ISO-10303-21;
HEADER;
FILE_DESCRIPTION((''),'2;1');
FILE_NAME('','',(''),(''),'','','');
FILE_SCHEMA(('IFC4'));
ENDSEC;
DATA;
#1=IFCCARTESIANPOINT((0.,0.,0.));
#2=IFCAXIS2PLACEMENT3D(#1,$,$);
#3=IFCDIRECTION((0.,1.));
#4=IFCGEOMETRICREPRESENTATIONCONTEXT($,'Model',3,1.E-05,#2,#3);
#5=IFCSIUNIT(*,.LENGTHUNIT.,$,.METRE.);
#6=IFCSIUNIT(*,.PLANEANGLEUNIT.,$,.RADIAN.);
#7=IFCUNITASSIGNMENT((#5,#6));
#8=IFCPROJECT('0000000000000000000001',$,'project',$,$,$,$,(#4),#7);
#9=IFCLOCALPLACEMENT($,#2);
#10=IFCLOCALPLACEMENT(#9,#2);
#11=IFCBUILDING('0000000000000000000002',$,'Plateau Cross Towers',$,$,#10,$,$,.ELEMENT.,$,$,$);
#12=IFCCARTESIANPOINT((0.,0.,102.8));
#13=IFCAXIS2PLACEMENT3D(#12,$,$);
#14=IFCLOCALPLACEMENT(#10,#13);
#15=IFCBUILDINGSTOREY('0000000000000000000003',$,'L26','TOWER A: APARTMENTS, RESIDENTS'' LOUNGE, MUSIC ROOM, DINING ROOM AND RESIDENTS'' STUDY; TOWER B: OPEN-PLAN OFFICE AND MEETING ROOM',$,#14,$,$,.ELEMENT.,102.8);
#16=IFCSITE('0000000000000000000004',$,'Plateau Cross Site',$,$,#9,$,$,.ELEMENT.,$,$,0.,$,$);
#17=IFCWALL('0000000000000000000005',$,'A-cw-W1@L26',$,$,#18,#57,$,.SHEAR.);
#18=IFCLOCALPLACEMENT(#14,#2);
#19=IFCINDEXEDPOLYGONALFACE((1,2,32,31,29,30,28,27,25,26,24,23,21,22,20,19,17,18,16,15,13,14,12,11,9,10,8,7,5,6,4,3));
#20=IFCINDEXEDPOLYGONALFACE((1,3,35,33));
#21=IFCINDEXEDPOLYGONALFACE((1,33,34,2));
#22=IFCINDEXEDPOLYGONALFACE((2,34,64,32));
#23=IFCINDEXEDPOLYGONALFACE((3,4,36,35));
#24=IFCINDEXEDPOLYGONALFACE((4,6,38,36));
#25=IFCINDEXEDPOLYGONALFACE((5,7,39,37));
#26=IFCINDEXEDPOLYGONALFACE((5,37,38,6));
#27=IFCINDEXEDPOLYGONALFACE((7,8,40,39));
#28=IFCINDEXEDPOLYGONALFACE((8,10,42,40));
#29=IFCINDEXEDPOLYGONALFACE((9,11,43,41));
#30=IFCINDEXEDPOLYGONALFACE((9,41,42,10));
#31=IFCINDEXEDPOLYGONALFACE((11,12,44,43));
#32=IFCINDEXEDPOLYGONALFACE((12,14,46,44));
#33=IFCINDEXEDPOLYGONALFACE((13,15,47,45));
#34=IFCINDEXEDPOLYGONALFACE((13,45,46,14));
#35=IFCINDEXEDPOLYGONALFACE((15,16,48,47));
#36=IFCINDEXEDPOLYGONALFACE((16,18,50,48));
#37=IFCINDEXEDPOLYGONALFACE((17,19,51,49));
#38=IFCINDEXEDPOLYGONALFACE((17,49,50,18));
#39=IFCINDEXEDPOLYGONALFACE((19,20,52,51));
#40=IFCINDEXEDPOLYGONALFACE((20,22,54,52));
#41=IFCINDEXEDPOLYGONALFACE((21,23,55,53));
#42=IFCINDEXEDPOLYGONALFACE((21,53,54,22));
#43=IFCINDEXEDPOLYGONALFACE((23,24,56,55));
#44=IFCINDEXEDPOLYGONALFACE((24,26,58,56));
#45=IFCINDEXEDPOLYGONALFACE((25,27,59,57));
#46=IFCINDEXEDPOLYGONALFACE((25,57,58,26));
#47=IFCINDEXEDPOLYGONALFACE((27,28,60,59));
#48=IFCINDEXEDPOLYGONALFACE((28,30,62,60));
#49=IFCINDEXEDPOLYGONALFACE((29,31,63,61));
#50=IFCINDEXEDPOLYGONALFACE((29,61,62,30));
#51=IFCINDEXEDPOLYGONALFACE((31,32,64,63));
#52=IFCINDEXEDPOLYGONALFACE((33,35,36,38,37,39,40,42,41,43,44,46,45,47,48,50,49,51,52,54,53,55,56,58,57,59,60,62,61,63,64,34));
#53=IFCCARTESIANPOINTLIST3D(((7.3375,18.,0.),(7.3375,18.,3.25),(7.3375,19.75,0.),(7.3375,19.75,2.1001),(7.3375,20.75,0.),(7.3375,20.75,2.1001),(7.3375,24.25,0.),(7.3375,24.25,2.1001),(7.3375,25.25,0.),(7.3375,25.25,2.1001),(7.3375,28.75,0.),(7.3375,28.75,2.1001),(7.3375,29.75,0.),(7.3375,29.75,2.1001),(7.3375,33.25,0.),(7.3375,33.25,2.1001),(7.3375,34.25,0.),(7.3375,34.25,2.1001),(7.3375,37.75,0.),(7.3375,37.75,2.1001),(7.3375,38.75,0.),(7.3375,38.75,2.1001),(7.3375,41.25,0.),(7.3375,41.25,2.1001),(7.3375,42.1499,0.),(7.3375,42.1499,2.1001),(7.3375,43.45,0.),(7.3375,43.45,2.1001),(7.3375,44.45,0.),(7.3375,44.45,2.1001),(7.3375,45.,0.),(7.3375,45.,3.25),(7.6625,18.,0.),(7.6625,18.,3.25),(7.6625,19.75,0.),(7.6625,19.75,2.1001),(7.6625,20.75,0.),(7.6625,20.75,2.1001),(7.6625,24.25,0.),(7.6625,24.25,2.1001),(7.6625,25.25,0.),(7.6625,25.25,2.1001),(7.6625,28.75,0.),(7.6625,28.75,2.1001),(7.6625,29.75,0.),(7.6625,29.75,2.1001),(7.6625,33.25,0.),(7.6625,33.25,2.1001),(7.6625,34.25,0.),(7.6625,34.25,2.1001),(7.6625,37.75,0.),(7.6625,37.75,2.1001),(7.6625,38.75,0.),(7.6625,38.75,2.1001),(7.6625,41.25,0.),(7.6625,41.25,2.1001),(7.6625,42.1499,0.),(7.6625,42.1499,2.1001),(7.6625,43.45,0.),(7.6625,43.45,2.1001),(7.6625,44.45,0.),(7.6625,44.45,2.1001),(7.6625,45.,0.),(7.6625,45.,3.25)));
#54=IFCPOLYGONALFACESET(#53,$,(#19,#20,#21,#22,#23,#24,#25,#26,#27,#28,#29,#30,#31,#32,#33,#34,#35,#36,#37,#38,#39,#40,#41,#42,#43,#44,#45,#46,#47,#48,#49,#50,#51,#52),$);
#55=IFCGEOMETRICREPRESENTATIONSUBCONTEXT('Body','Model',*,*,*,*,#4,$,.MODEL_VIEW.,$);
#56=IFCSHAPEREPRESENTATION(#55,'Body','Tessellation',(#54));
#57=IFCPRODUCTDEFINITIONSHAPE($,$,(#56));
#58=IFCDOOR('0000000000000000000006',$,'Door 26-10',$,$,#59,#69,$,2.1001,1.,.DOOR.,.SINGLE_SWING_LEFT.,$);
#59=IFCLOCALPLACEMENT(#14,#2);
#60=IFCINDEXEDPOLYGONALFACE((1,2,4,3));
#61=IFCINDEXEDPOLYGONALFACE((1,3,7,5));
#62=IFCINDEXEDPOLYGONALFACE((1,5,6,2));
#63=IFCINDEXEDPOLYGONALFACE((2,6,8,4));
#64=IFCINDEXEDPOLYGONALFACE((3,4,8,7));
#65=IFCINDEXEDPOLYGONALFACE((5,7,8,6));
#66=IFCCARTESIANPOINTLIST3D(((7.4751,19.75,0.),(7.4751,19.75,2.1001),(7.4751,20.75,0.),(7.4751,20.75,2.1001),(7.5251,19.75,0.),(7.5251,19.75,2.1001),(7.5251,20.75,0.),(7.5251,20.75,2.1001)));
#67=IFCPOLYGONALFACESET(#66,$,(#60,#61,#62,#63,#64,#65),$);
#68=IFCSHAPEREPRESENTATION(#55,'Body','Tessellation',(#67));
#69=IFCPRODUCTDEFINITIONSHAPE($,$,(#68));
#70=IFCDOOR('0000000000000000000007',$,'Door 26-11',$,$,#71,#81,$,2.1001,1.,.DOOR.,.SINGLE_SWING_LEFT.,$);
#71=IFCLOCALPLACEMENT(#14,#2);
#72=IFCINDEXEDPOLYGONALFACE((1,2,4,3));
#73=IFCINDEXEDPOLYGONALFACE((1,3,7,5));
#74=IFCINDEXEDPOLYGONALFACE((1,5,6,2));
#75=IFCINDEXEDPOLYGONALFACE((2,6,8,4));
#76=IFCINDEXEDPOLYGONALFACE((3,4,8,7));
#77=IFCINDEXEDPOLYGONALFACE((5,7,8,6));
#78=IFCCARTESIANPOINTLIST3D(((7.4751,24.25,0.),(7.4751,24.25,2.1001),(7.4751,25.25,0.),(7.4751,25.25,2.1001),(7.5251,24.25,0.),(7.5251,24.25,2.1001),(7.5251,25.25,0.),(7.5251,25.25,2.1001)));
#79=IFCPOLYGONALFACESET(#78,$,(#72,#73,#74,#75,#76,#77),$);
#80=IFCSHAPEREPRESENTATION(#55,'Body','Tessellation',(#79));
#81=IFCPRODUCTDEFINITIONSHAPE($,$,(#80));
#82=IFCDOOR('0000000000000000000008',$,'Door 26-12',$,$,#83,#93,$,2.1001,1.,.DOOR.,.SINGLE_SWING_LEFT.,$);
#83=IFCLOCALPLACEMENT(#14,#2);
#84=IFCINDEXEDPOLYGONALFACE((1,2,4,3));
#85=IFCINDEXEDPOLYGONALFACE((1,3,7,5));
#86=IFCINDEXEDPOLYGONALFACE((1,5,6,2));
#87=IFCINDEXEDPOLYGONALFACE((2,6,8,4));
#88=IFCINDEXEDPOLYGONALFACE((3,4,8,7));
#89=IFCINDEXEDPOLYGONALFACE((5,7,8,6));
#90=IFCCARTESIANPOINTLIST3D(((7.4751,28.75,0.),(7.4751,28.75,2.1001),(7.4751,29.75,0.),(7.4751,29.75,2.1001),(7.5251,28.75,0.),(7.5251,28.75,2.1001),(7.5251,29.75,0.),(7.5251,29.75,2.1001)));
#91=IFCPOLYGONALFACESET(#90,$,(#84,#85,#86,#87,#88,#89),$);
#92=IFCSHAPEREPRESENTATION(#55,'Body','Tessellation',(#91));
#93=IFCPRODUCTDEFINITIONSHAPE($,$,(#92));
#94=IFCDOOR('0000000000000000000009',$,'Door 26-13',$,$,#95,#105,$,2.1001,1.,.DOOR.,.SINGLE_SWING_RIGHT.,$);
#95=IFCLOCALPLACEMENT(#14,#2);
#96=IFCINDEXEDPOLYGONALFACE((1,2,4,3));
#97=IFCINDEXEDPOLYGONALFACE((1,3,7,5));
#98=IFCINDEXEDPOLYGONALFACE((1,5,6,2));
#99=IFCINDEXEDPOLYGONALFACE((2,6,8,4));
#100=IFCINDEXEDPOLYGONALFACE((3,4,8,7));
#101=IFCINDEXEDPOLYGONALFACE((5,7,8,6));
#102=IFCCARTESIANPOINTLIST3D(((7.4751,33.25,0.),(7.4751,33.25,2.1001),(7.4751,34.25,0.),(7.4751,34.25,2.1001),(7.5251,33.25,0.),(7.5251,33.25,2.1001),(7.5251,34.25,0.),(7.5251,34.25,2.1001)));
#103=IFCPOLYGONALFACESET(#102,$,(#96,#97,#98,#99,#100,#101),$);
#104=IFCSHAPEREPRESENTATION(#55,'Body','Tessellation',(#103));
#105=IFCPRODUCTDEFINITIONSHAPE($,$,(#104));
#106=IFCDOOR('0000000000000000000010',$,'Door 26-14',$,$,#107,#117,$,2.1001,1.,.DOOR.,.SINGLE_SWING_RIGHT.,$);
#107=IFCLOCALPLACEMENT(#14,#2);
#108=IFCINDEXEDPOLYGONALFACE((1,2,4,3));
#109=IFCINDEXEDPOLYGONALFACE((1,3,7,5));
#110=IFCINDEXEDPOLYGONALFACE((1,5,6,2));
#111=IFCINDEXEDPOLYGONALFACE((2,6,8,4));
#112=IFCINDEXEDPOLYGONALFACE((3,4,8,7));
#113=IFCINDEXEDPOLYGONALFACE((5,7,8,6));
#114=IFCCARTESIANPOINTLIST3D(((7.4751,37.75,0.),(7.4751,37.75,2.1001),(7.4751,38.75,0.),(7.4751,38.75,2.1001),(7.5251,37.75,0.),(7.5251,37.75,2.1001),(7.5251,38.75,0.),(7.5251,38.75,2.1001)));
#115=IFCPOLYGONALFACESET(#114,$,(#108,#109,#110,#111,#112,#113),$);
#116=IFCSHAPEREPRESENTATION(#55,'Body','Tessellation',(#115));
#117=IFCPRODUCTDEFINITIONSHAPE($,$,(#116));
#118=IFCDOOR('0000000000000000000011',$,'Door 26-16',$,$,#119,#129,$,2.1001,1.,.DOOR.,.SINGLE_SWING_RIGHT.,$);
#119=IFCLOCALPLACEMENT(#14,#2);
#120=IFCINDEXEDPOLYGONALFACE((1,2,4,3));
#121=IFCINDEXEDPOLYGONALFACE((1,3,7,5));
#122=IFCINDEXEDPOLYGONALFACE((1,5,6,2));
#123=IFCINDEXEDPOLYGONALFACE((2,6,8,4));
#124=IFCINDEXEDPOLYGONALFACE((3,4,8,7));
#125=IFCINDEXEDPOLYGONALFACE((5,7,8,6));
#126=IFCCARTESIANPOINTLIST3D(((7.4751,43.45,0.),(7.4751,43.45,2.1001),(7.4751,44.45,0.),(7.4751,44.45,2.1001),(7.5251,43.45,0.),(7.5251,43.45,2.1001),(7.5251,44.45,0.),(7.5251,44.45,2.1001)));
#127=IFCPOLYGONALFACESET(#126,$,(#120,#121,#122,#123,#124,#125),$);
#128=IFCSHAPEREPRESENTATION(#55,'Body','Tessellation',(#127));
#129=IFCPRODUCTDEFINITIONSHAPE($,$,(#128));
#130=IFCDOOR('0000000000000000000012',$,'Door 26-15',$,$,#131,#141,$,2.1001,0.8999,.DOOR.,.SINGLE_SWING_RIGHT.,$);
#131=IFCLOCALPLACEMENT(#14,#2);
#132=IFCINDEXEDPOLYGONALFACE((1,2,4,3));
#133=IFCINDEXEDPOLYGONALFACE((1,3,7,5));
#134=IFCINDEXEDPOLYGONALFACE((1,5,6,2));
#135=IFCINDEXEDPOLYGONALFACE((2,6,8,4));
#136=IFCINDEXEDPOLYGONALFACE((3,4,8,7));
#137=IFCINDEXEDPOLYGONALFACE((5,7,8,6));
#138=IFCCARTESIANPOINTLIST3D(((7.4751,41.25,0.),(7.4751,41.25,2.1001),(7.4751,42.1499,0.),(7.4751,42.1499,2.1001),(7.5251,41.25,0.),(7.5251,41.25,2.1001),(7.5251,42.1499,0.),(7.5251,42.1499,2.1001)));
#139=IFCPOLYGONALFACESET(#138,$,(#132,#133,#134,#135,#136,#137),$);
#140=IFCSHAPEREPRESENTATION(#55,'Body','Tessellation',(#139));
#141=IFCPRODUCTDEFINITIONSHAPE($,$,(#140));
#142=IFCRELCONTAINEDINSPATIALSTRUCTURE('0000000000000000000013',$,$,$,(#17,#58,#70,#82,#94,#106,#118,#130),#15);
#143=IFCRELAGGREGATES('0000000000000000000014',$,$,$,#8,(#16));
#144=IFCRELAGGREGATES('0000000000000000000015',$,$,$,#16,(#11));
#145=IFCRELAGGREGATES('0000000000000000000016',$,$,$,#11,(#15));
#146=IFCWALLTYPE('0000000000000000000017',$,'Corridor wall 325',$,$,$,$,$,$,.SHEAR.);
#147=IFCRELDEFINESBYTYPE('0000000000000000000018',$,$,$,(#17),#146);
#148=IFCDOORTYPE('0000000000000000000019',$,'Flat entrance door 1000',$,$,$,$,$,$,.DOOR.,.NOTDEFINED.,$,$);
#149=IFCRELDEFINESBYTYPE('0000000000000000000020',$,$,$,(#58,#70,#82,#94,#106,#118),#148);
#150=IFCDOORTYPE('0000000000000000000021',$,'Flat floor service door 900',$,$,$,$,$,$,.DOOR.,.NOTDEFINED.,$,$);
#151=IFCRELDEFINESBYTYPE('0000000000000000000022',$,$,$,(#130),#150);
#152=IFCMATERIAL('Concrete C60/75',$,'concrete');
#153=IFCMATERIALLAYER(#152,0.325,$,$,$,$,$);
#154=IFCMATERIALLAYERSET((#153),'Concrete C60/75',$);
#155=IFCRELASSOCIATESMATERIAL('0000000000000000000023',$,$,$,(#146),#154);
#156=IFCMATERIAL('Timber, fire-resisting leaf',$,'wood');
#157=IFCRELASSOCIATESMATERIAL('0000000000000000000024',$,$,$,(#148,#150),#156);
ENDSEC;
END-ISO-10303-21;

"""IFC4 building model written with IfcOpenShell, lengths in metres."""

from ifc_helpers import new_model, si_unit, direction, frame, frame_2d, origin, place, context, subcontext, project, spatial, rectangle, extrude, material, layer, layer_set, type_object, element, fill, save


model = new_model("IFC4")

# Units and contexts
model_context = context("Model", 3, precision=1e-05, world=origin(), true_north=direction((0.0, 1.0)))
body_context = subcontext(model_context, "Body", "Model", "MODEL_VIEW")
ifc_project = project(units=[si_unit("LENGTHUNIT", "METRE"), si_unit("PLANEANGLEUNIT", "RADIAN")], contexts=[model_context])

# Site, building, storey
site_placement = place(None, origin())
site = spatial("IfcSite", under=ifc_project, at=site_placement, Name="Plateau Cross Site", CompositionType="ELEMENT", RefElevation=0.0)
building_placement = place(site_placement, origin())
building = spatial("IfcBuilding", under=site, at=building_placement, Name="Plateau Cross Towers", CompositionType="ELEMENT")
storey_placement = place(building_placement, frame((0.0, 0.0, 102.8)))
storey = spatial("IfcBuildingStorey", under=building, at=storey_placement, Name="L26", Description="TOWER A: APARTMENTS, RESIDENTS' LOUNGE, MUSIC ROOM, DINING ROOM AND RESIDENTS' STUDY; TOWER B: OPEN-PLAN OFFICE AND MEETING ROOM", CompositionType="ELEMENT", Elevation=102.8)

# Wall, openings, doors
ifc_material_1 = material(Name="Concrete C60/75", Category="concrete")
ifc_layer_1 = layer(ifc_material_1, 0.325)
ifc_layer_set_1 = layer_set([ifc_layer_1], Name="Concrete C60/75")
wall_type_1 = type_object("IfcWallType", Name="Corridor wall 325", PredefinedType="SHEAR", material=ifc_layer_set_1)
wall_1_placement = place(storey_placement, frame((7.5, 18.0, 0.0), z_axis=(0.0, 0.0, 1.0), x_axis=(0.0, 1.0, 0.0)))
wall_1 = element("IfcWall", 1, at=wall_1_placement, inside=storey, type_object=wall_type_1, Name="A-cw-W1@L26", PredefinedType="SHEAR", context=body_context, shape_type="SweptSolid", body=[
    extrude(rectangle(XDim=27.0, YDim=0.325, at=frame_2d((13.5, 0.0))), origin(), (0.0, 0.0, 1.0), 3.25),
])
opening_1_placement = place(wall_1_placement, frame((1.75, 0.0, 0.0)))
opening_1 = element("IfcOpeningElement", 2, at=opening_1_placement, cuts=wall_1, PredefinedType="OPENING", context=body_context, shape_type="SweptSolid", body=[
    extrude(rectangle(XDim=1.0, YDim=2.1001, at=frame_2d((0.5, 1.05))), frame((0.0, 0.1724, 0.0), z_axis=(0.0, -1.0, 0.0), x_axis=(1.0, 0.0, 0.0)), (0.0, 0.0, 1.0), 0.345),
])
opening_2_placement = place(wall_1_placement, frame((6.25, 0.0, 0.0)))
opening_2 = element("IfcOpeningElement", 3, at=opening_2_placement, cuts=wall_1, PredefinedType="OPENING", context=body_context, shape_type="SweptSolid", body=[
    extrude(rectangle(XDim=1.0, YDim=2.1001, at=frame_2d((0.5, 1.05))), frame((0.0, 0.1724, 0.0), z_axis=(0.0, -1.0, 0.0), x_axis=(1.0, 0.0, 0.0)), (0.0, 0.0, 1.0), 0.345),
])
opening_3_placement = place(wall_1_placement, frame((10.75, 0.0, 0.0)))
opening_3 = element("IfcOpeningElement", 4, at=opening_3_placement, cuts=wall_1, PredefinedType="OPENING", context=body_context, shape_type="SweptSolid", body=[
    extrude(rectangle(XDim=1.0, YDim=2.1001, at=frame_2d((0.5, 1.05))), frame((0.0, 0.1724, 0.0), z_axis=(0.0, -1.0, 0.0), x_axis=(1.0, 0.0, 0.0)), (0.0, 0.0, 1.0), 0.345),
])
opening_4_placement = place(wall_1_placement, frame((15.25, 0.0, 0.0)))
opening_4 = element("IfcOpeningElement", 5, at=opening_4_placement, cuts=wall_1, PredefinedType="OPENING", context=body_context, shape_type="SweptSolid", body=[
    extrude(rectangle(XDim=1.0, YDim=2.1001, at=frame_2d((0.5, 1.05))), frame((0.0, 0.1724, 0.0), z_axis=(0.0, -1.0, 0.0), x_axis=(1.0, 0.0, 0.0)), (0.0, 0.0, 1.0), 0.345),
])
opening_5_placement = place(wall_1_placement, frame((19.75, 0.0, 0.0)))
opening_5 = element("IfcOpeningElement", 6, at=opening_5_placement, cuts=wall_1, PredefinedType="OPENING", context=body_context, shape_type="SweptSolid", body=[
    extrude(rectangle(XDim=1.0, YDim=2.1001, at=frame_2d((0.5, 1.05))), frame((0.0, 0.1724, 0.0), z_axis=(0.0, -1.0, 0.0), x_axis=(1.0, 0.0, 0.0)), (0.0, 0.0, 1.0), 0.345),
])
opening_6_placement = place(wall_1_placement, frame((23.25, 0.0, 0.0)))
opening_6 = element("IfcOpeningElement", 7, at=opening_6_placement, cuts=wall_1, PredefinedType="OPENING", context=body_context, shape_type="SweptSolid", body=[
    extrude(rectangle(XDim=0.8999, YDim=2.1001, at=frame_2d((0.45, 1.05))), frame((0.0, 0.1724, 0.0), z_axis=(0.0, -1.0, 0.0), x_axis=(1.0, 0.0, 0.0)), (0.0, 0.0, 1.0), 0.345),
])
opening_7_placement = place(wall_1_placement, frame((25.45, 0.0, 0.0)))
opening_7 = element("IfcOpeningElement", 8, at=opening_7_placement, cuts=wall_1, PredefinedType="OPENING", context=body_context, shape_type="SweptSolid", body=[
    extrude(rectangle(XDim=1.0, YDim=2.1001, at=frame_2d((0.5, 1.05))), frame((0.0, 0.1724, 0.0), z_axis=(0.0, -1.0, 0.0), x_axis=(1.0, 0.0, 0.0)), (0.0, 0.0, 1.0), 0.345),
])
ifc_material_2 = material(Name="Timber, fire-resisting leaf", Category="wood")
door_type_1 = type_object("IfcDoorType", Name="Flat entrance door 1000", OperationType="NOTDEFINED", PredefinedType="DOOR", material=ifc_material_2)
door_1_placement = place(opening_1_placement, origin())
door_1 = element("IfcDoor", 9, at=door_1_placement, inside=storey, type_object=door_type_1, Name="Door 26-10", OperationType="SINGLE_SWING_LEFT", OverallHeight=2.1001, OverallWidth=1.0, PredefinedType="DOOR", context=body_context, shape_type="SweptSolid", body=[
    extrude(rectangle(XDim=1.0, YDim=2.1001, at=frame_2d((0.5, 1.05))), frame((0.0, 0.0249, 0.0), z_axis=(0.0, -1.0, 0.0), x_axis=(1.0, 0.0, 0.0)), (0.0, 0.0, 1.0), 0.05),
])
fill(opening_1, door_1)
door_2_placement = place(opening_2_placement, origin())
door_2 = element("IfcDoor", 10, at=door_2_placement, inside=storey, type_object=door_type_1, Name="Door 26-11", OperationType="SINGLE_SWING_LEFT", OverallHeight=2.1001, OverallWidth=1.0, PredefinedType="DOOR", context=body_context, shape_type="SweptSolid", body=[
    extrude(rectangle(XDim=1.0, YDim=2.1001, at=frame_2d((0.5, 1.05))), frame((0.0, 0.0249, 0.0), z_axis=(0.0, -1.0, 0.0), x_axis=(1.0, 0.0, 0.0)), (0.0, 0.0, 1.0), 0.05),
])
fill(opening_2, door_2)
door_3_placement = place(opening_3_placement, origin())
door_3 = element("IfcDoor", 11, at=door_3_placement, inside=storey, type_object=door_type_1, Name="Door 26-12", OperationType="SINGLE_SWING_LEFT", OverallHeight=2.1001, OverallWidth=1.0, PredefinedType="DOOR", context=body_context, shape_type="SweptSolid", body=[
    extrude(rectangle(XDim=1.0, YDim=2.1001, at=frame_2d((0.5, 1.05))), frame((0.0, 0.0249, 0.0), z_axis=(0.0, -1.0, 0.0), x_axis=(1.0, 0.0, 0.0)), (0.0, 0.0, 1.0), 0.05),
])
fill(opening_3, door_3)
door_4_placement = place(opening_4_placement, origin())
door_4 = element("IfcDoor", 12, at=door_4_placement, inside=storey, type_object=door_type_1, Name="Door 26-13", OperationType="SINGLE_SWING_RIGHT", OverallHeight=2.1001, OverallWidth=1.0, PredefinedType="DOOR", context=body_context, shape_type="SweptSolid", body=[
    extrude(rectangle(XDim=1.0, YDim=2.1001, at=frame_2d((0.5, 1.05))), frame((0.0, 0.0249, 0.0), z_axis=(0.0, -1.0, 0.0), x_axis=(1.0, 0.0, 0.0)), (0.0, 0.0, 1.0), 0.05),
])
fill(opening_4, door_4)
door_5_placement = place(opening_5_placement, origin())
door_5 = element("IfcDoor", 13, at=door_5_placement, inside=storey, type_object=door_type_1, Name="Door 26-14", OperationType="SINGLE_SWING_RIGHT", OverallHeight=2.1001, OverallWidth=1.0, PredefinedType="DOOR", context=body_context, shape_type="SweptSolid", body=[
    extrude(rectangle(XDim=1.0, YDim=2.1001, at=frame_2d((0.5, 1.05))), frame((0.0, 0.0249, 0.0), z_axis=(0.0, -1.0, 0.0), x_axis=(1.0, 0.0, 0.0)), (0.0, 0.0, 1.0), 0.05),
])
fill(opening_5, door_5)
door_6_placement = place(opening_7_placement, origin())
door_6 = element("IfcDoor", 14, at=door_6_placement, inside=storey, type_object=door_type_1, Name="Door 26-16", OperationType="SINGLE_SWING_RIGHT", OverallHeight=2.1001, OverallWidth=1.0, PredefinedType="DOOR", context=body_context, shape_type="SweptSolid", body=[
    extrude(rectangle(XDim=1.0, YDim=2.1001, at=frame_2d((0.5, 1.05))), frame((0.0, 0.0249, 0.0), z_axis=(0.0, -1.0, 0.0), x_axis=(1.0, 0.0, 0.0)), (0.0, 0.0, 1.0), 0.05),
])
fill(opening_7, door_6)
door_type_2 = type_object("IfcDoorType", Name="Flat floor service door 900", OperationType="NOTDEFINED", PredefinedType="DOOR", material=ifc_material_2)
door_7_placement = place(opening_6_placement, origin())
door_7 = element("IfcDoor", 15, at=door_7_placement, inside=storey, type_object=door_type_2, Name="Door 26-15", OperationType="SINGLE_SWING_RIGHT", OverallHeight=2.1001, OverallWidth=0.8999, PredefinedType="DOOR", context=body_context, shape_type="SweptSolid", body=[
    extrude(rectangle(XDim=0.8999, YDim=2.1001, at=frame_2d((0.45, 1.05))), frame((0.0, 0.0249, 0.0), z_axis=(0.0, -1.0, 0.0), x_axis=(1.0, 0.0, 0.0)), (0.0, 0.0, 1.0), 0.05),
])
fill(opening_6, door_7)

save(model, "model.ifc")
